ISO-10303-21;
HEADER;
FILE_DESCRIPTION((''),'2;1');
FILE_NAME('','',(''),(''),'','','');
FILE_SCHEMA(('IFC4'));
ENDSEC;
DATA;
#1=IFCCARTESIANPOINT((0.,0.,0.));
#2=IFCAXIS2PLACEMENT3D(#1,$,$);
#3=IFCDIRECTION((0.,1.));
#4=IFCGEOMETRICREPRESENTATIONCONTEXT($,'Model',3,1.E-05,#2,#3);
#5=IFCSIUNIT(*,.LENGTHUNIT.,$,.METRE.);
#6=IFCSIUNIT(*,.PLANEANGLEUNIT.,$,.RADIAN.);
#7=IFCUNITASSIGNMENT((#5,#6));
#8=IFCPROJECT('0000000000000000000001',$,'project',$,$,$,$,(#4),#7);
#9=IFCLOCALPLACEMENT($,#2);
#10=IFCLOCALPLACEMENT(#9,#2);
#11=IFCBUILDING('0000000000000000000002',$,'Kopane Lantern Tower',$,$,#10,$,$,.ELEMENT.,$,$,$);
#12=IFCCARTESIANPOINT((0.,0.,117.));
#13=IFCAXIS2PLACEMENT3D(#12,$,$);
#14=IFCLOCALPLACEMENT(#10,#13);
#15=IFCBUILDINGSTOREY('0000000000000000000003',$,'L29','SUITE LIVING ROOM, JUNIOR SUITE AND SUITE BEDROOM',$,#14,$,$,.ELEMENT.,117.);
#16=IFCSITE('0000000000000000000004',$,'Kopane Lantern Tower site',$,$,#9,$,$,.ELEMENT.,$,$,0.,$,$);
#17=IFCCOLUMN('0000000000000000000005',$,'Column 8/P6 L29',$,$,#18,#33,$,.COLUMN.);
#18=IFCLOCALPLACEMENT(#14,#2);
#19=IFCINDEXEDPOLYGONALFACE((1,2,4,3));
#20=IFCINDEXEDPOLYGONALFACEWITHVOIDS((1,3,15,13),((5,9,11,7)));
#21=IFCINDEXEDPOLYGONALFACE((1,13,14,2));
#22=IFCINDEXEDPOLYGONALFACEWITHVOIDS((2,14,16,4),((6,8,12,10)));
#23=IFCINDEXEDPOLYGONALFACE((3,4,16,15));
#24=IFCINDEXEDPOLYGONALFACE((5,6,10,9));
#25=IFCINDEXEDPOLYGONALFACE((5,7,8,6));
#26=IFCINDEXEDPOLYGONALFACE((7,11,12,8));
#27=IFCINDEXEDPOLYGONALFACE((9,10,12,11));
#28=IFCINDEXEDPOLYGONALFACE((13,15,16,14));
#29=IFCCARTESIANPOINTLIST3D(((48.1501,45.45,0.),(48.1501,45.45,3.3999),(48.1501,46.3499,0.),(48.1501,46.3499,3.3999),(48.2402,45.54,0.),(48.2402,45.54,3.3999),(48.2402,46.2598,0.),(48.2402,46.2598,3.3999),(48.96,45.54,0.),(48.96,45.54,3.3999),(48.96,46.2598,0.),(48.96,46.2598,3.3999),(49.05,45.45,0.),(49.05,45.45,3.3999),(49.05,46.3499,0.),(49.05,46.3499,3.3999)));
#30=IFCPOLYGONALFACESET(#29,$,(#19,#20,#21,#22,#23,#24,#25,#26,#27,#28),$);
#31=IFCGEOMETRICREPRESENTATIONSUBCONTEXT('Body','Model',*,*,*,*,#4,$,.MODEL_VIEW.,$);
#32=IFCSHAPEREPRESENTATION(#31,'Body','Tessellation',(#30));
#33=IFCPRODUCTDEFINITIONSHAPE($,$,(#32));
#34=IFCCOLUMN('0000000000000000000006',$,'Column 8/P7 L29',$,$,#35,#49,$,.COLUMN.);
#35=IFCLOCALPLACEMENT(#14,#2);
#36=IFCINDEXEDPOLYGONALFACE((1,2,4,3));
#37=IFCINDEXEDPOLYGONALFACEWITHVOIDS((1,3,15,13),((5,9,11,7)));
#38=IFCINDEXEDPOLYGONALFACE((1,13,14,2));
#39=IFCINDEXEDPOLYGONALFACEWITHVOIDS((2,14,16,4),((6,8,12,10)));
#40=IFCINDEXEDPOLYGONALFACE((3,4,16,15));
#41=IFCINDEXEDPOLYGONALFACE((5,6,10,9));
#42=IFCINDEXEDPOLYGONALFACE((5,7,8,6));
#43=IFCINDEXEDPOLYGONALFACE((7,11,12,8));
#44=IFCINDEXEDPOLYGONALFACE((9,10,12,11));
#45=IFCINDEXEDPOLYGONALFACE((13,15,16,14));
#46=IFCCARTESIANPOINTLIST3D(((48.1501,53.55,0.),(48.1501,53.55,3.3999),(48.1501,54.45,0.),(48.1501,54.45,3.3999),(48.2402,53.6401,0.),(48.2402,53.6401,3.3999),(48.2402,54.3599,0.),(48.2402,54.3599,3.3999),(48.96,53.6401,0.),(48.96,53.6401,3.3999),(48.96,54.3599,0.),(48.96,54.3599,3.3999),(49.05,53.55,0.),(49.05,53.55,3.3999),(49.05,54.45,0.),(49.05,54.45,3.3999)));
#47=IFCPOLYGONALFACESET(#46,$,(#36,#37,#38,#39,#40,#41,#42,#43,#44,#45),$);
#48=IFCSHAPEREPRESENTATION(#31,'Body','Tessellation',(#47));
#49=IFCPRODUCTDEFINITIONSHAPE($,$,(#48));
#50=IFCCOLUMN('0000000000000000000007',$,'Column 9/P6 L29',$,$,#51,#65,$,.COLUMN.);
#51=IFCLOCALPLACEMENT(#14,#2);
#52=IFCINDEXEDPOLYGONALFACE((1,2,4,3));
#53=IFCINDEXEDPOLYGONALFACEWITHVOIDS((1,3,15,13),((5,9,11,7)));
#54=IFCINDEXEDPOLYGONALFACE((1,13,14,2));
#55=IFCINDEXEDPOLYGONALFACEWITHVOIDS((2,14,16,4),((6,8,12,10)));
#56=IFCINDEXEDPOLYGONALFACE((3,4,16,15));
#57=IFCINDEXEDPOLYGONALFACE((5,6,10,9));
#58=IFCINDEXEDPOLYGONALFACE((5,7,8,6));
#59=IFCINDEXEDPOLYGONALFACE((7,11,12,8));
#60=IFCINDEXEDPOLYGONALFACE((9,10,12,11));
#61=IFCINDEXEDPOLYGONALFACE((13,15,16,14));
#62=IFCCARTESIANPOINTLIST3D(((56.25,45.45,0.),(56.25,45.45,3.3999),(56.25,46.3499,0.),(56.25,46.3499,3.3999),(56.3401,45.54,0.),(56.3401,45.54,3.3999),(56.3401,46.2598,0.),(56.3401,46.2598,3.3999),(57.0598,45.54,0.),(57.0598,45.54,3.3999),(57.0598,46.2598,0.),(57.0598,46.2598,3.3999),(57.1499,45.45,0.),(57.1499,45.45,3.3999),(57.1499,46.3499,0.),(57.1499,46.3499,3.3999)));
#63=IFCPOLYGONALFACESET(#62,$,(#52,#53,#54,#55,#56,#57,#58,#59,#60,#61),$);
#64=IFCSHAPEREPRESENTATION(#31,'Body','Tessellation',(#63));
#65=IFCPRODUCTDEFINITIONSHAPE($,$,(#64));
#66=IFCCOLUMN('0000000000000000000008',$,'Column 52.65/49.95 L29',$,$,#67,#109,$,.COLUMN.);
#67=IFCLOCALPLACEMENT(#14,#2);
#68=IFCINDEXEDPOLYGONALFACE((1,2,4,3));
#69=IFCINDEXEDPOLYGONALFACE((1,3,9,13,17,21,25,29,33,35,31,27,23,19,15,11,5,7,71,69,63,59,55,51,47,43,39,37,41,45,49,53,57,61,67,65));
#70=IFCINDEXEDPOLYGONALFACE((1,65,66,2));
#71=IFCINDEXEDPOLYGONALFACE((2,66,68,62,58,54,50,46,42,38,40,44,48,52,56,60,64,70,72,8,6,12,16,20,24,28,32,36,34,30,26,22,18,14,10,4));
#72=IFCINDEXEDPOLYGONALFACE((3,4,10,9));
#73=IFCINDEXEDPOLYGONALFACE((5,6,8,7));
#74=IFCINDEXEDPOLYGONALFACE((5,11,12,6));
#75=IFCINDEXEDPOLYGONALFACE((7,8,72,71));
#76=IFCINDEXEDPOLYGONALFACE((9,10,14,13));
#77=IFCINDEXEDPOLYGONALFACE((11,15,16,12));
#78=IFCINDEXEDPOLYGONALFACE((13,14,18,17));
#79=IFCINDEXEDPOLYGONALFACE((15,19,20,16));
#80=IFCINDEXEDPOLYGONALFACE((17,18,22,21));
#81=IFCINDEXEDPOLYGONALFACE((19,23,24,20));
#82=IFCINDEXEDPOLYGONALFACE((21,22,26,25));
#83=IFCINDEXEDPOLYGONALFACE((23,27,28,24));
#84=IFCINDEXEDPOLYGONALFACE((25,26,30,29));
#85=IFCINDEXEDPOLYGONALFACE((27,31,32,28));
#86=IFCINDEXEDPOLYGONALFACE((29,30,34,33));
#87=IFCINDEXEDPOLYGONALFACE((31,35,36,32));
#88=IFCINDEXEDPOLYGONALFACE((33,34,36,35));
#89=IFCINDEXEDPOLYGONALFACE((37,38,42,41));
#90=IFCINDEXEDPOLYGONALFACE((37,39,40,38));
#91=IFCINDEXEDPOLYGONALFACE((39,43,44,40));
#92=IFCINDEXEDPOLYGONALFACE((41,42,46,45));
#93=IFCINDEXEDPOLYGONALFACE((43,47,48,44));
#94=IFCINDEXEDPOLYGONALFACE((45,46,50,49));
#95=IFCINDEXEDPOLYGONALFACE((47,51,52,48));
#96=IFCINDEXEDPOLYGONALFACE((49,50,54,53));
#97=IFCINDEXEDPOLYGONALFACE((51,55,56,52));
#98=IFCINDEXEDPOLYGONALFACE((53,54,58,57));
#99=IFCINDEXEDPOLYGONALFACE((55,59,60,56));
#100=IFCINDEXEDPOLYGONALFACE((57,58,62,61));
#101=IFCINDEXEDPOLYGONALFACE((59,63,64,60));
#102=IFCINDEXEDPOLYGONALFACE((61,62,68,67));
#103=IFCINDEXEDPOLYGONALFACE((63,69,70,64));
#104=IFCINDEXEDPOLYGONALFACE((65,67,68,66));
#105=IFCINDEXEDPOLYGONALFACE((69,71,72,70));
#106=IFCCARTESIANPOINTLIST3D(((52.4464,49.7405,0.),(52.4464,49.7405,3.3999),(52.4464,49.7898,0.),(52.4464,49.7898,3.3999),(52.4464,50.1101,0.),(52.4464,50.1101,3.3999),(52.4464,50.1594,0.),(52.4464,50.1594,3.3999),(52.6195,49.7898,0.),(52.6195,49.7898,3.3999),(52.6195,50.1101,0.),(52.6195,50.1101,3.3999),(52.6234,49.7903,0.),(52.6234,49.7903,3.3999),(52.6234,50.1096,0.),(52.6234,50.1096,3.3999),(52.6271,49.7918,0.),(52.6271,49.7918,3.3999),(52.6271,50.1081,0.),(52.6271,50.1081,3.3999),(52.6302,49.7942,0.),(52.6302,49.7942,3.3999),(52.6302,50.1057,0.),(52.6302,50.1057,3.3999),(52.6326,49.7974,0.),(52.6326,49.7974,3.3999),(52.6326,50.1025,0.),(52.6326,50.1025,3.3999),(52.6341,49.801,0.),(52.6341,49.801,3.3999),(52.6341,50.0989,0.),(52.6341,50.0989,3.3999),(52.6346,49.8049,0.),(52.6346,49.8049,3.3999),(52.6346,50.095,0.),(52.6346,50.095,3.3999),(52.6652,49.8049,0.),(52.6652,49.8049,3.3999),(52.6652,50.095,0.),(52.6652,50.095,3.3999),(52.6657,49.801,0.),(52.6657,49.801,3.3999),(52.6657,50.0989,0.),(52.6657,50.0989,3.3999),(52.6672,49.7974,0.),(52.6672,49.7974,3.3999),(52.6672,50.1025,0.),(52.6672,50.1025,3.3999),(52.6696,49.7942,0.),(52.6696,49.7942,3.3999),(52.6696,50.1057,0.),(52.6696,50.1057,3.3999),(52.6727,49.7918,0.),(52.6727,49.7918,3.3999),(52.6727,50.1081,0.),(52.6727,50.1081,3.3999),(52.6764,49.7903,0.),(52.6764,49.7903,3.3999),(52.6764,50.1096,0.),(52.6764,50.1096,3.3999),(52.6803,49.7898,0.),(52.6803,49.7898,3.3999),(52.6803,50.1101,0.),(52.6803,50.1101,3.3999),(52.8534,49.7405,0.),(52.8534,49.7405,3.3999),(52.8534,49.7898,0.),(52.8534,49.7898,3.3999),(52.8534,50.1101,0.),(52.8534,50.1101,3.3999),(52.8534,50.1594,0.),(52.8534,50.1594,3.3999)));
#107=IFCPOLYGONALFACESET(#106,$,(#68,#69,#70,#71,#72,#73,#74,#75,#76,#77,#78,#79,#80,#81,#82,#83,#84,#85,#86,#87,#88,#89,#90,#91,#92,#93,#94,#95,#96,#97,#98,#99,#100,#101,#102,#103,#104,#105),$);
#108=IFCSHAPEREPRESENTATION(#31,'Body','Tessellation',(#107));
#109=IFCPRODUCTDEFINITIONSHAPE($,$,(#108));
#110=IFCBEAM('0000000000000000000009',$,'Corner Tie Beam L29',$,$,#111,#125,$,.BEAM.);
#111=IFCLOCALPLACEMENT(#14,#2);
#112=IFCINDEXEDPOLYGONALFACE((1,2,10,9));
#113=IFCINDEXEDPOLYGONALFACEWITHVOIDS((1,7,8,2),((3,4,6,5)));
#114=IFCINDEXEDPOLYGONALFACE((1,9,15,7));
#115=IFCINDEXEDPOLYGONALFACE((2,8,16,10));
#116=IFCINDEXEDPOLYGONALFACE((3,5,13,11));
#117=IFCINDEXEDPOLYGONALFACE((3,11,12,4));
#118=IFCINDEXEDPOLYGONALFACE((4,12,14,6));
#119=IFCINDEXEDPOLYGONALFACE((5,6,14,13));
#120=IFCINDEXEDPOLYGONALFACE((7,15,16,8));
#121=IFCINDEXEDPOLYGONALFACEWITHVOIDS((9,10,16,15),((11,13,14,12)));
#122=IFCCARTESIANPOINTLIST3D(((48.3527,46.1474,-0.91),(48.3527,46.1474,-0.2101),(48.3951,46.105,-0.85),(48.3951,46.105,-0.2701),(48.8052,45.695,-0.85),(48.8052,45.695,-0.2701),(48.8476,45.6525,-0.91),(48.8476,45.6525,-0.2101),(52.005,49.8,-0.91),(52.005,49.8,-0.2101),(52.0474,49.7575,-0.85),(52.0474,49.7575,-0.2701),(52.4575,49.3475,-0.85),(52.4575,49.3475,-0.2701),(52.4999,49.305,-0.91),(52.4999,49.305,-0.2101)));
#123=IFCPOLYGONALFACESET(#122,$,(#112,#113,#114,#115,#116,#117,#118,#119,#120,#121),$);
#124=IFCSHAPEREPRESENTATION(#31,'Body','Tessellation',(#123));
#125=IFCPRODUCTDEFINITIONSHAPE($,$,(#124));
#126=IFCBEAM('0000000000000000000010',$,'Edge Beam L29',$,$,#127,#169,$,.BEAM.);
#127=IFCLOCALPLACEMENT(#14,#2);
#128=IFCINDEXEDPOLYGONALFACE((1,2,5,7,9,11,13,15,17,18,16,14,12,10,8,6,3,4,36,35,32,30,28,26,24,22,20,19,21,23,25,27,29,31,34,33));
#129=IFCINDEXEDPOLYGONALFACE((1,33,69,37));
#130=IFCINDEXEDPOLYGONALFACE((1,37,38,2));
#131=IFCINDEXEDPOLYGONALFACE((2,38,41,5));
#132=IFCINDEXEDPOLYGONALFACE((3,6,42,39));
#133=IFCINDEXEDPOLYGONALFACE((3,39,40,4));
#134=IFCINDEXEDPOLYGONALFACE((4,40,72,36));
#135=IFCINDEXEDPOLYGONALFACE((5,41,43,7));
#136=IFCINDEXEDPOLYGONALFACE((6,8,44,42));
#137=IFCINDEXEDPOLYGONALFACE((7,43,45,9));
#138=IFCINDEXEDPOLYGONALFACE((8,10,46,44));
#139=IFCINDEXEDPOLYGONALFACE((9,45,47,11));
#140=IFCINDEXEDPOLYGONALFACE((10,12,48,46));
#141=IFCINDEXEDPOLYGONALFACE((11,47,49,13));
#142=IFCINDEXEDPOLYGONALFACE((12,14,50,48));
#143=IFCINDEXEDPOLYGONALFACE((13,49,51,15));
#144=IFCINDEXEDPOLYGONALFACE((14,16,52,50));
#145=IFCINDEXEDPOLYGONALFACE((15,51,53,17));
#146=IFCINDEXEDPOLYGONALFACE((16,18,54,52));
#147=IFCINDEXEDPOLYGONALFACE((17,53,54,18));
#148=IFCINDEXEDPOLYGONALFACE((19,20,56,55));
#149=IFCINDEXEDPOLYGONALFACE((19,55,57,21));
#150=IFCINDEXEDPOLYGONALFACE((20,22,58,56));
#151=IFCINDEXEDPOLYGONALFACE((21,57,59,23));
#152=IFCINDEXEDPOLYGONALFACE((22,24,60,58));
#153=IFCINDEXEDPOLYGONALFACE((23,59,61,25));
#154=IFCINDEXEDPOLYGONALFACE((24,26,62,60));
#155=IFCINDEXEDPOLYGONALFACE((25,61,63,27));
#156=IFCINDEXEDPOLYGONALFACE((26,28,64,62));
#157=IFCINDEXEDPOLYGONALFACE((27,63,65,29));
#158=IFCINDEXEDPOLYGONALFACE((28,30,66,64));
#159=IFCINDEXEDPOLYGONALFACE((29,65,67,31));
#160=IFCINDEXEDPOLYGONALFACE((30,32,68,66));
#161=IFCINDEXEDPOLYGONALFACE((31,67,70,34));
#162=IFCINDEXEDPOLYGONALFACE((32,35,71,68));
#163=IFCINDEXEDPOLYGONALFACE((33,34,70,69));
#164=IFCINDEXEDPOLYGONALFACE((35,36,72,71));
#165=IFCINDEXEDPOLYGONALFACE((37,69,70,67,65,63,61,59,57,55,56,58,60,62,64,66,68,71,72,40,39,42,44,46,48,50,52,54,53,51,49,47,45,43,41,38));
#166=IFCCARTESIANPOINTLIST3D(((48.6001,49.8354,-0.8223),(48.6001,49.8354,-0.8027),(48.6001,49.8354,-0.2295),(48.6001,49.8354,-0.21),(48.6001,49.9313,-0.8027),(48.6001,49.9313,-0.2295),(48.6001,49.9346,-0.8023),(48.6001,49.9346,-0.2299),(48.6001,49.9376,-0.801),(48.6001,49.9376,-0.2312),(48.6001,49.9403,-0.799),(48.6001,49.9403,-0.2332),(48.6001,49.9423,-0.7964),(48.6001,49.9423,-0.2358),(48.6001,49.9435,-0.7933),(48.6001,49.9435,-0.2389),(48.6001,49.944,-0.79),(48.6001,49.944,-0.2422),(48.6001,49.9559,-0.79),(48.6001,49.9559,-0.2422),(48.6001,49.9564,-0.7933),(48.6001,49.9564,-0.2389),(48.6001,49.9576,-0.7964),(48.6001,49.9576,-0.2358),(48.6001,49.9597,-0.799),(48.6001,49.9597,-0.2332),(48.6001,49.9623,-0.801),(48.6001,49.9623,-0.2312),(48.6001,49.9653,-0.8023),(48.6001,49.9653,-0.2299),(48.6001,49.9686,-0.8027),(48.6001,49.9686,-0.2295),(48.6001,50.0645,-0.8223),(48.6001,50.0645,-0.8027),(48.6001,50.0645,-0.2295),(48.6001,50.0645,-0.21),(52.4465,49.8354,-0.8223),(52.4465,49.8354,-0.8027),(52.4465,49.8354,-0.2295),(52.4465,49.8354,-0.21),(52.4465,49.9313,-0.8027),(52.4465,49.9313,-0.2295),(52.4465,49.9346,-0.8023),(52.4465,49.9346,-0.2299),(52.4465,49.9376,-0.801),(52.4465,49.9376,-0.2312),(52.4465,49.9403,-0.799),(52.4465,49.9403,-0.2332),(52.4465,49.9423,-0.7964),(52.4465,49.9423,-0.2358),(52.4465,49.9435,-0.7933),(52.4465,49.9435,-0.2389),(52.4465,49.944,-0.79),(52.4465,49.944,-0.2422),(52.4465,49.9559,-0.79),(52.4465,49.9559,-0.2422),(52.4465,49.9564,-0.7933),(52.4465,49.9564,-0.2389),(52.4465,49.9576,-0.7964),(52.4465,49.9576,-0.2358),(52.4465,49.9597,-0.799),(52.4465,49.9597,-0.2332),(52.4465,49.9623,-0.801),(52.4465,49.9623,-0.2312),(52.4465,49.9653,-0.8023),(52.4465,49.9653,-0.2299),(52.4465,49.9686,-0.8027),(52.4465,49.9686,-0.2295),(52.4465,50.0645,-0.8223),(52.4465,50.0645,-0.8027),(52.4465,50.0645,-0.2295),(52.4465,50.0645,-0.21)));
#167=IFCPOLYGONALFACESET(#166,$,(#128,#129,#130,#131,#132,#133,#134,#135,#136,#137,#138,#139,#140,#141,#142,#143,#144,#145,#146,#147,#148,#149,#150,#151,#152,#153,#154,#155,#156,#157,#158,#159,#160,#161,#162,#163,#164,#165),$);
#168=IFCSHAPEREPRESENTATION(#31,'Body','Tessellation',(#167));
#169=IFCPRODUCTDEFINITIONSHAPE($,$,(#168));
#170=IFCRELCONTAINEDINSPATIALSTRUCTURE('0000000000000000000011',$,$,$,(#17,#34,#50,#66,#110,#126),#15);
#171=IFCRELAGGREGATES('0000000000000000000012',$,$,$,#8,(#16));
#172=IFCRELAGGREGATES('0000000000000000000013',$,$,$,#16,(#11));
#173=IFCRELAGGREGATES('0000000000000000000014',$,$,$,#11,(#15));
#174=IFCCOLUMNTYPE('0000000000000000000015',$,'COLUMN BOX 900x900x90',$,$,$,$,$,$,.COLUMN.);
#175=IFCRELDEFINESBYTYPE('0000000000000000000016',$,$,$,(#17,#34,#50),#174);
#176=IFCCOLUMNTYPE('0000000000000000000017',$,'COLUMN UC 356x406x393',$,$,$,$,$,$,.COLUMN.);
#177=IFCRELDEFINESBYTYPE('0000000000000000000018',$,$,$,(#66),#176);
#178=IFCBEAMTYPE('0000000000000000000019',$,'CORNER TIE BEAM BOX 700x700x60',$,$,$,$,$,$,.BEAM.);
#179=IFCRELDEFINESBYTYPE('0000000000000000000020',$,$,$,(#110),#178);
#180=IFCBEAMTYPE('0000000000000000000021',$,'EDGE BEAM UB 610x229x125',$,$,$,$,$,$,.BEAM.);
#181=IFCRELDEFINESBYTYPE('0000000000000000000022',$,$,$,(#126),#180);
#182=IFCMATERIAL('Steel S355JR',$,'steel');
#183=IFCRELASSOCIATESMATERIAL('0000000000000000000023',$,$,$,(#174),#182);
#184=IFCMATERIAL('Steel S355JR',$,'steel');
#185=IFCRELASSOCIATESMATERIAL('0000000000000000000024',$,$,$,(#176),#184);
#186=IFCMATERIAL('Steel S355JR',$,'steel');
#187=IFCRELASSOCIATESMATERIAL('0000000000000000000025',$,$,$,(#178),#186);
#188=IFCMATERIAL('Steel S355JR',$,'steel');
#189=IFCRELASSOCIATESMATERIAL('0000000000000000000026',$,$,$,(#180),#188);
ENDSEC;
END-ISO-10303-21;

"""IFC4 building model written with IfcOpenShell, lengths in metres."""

from ifc_helpers import new_model, si_unit, direction, frame, origin, origin_2d, place, context, subcontext, project, spatial, hollow_rectangle, i_section, extrude, material, material_profile, profile_set, type_object, element, save


model = new_model("IFC4")

# Units and contexts
model_context = context("Model", 3, precision=1e-05, world=origin(), true_north=direction((0.0, 1.0)))
body_context = subcontext(model_context, "Body", "Model", "MODEL_VIEW")
ifc_project = project(units=[si_unit("LENGTHUNIT", "METRE"), si_unit("PLANEANGLEUNIT", "RADIAN")], contexts=[model_context])

# Site, building, storey
site_placement = place(None, origin())
site = spatial("IfcSite", under=ifc_project, at=site_placement, Name="Kopane Lantern Tower site", CompositionType="ELEMENT", RefElevation=0.0)
building_placement = place(site_placement, origin())
building = spatial("IfcBuilding", under=site, at=building_placement, Name="Kopane Lantern Tower", CompositionType="ELEMENT")
storey_placement = place(building_placement, frame((0.0, 0.0, 117.0)))
storey = spatial("IfcBuildingStorey", under=building, at=storey_placement, Name="L29", Description="SUITE LIVING ROOM, JUNIOR SUITE AND SUITE BEDROOM", CompositionType="ELEMENT", Elevation=117.0)

# Columns
ifc_material_1 = material(Name="Steel S355JR", Category="steel")
ifc_material_profile_1 = material_profile(ifc_material_1, hollow_rectangle(XDim=0.8999, YDim=0.8999, WallThickness=0.0901, at=origin_2d()), Name="BOX 900x900x90")
ifc_profile_set_1 = profile_set([ifc_material_profile_1], Name="Steel S355JR")
column_type_1 = type_object("IfcColumnType", Name="COLUMN BOX 900x900x90", PredefinedType="COLUMN", material=ifc_profile_set_1)
for number, where, z_axis, x_axis, name in (
    (1, (48.6001, 45.8999, 0.0), (0.0, 0.0, 1.0), (1.0, 0.0, 0.0), "Column 8/P6 L29"),
    (2, (48.6001, 54.0, 0.0), (0.0, 0.0, 1.0), (1.0, 0.0, 0.0), "Column 8/P7 L29"),
    (3, (56.7, 45.8999, 0.0), (0.0, 0.0, 1.0), (1.0, 0.0, 0.0), "Column 9/P6 L29"),
):
    element("IfcColumn", number, at=place(storey_placement, frame(where, z_axis=z_axis, x_axis=x_axis)), inside=storey, type_object=column_type_1, Name=name, PredefinedType="COLUMN", context=body_context, shape_type="SweptSolid", body=[
        extrude(hollow_rectangle(XDim=0.8999, YDim=0.8999, WallThickness=0.0901, at=origin_2d()), origin(), (0.0, 0.0, 1.0), 3.3999),
    ])
ifc_material_2 = material(Name="Steel S355JR", Category="steel")
ifc_material_profile_2 = material_profile(ifc_material_2, i_section(OverallWidth=0.407, OverallDepth=0.4189, WebThickness=0.0305, FlangeThickness=0.0493, FilletRadius=0.0151, at=origin_2d()), Name="UC 356x406x393")
ifc_profile_set_2 = profile_set([ifc_material_profile_2], Name="Steel S355JR")
column_type_2 = type_object("IfcColumnType", Name="COLUMN UC 356x406x393", PredefinedType="COLUMN", material=ifc_profile_set_2)
column_placement = place(storey_placement, frame((52.6499, 49.95, 0.0), z_axis=(0.0, 0.0, 1.0), x_axis=(1.0, 0.0, 0.0)))
element("IfcColumn", 4, at=column_placement, inside=storey, type_object=column_type_2, Name="Column 52.65/49.95 L29", PredefinedType="COLUMN", context=body_context, shape_type="SweptSolid", body=[
    extrude(i_section(OverallWidth=0.407, OverallDepth=0.4189, WebThickness=0.0305, FlangeThickness=0.0493, FilletRadius=0.0151, at=origin_2d()), origin(), (0.0, 0.0, 1.0), 3.3999),
])

# Beams
ifc_material_3 = material(Name="Steel S355JR", Category="steel")
ifc_material_profile_3 = material_profile(ifc_material_3, hollow_rectangle(XDim=0.7, YDim=0.7, WallThickness=0.0601, at=origin_2d()), Name="BOX 700x700x60")
ifc_profile_set_3 = profile_set([ifc_material_profile_3], Name="Steel S355JR")
beam_type_1 = type_object("IfcBeamType", Name="CORNER TIE BEAM BOX 700x700x60", PredefinedType="BEAM", material=ifc_profile_set_3)
beam_1_placement = place(storey_placement, frame((52.2524, 49.5525, -0.5601), z_axis=(-0.707083, -0.70713, 0.0), x_axis=(0.70713, -0.707083, 0.0)))
element("IfcBeam", 5, at=beam_1_placement, inside=storey, type_object=beam_type_1, Name="Corner Tie Beam L29", PredefinedType="BEAM", context=body_context, shape_type="SweptSolid", body=[
    extrude(hollow_rectangle(XDim=0.7, YDim=0.7, WallThickness=0.0601, at=origin_2d()), origin(), (0.0, 0.0, 1.0), 5.1653),
])
ifc_material_4 = material(Name="Steel S355JR", Category="steel")
ifc_material_profile_4 = material_profile(ifc_material_4, i_section(OverallWidth=0.229, OverallDepth=0.6123, WebThickness=0.012, FlangeThickness=0.0195, FilletRadius=0.0127, at=origin_2d()), Name="UB 610x229x125")
ifc_profile_set_4 = profile_set([ifc_material_profile_4], Name="Steel S355JR")
beam_type_2 = type_object("IfcBeamType", Name="EDGE BEAM UB 610x229x125", PredefinedType="BEAM", material=ifc_profile_set_4)
beam_2_placement = place(storey_placement, frame((52.4465, 49.95, -0.5161), z_axis=(-1.0, 0.0, 0.0), x_axis=(0.0, -1.0, 0.0)))
element("IfcBeam", 6, at=beam_2_placement, inside=storey, type_object=beam_type_2, Name="Edge Beam L29", PredefinedType="BEAM", context=body_context, shape_type="SweptSolid", body=[
    extrude(i_section(OverallWidth=0.229, OverallDepth=0.6123, WebThickness=0.012, FlangeThickness=0.0195, FilletRadius=0.0127, at=origin_2d()), origin(), (0.0, 0.0, 1.0), 3.8464),
])

save(model, "model.ifc")
